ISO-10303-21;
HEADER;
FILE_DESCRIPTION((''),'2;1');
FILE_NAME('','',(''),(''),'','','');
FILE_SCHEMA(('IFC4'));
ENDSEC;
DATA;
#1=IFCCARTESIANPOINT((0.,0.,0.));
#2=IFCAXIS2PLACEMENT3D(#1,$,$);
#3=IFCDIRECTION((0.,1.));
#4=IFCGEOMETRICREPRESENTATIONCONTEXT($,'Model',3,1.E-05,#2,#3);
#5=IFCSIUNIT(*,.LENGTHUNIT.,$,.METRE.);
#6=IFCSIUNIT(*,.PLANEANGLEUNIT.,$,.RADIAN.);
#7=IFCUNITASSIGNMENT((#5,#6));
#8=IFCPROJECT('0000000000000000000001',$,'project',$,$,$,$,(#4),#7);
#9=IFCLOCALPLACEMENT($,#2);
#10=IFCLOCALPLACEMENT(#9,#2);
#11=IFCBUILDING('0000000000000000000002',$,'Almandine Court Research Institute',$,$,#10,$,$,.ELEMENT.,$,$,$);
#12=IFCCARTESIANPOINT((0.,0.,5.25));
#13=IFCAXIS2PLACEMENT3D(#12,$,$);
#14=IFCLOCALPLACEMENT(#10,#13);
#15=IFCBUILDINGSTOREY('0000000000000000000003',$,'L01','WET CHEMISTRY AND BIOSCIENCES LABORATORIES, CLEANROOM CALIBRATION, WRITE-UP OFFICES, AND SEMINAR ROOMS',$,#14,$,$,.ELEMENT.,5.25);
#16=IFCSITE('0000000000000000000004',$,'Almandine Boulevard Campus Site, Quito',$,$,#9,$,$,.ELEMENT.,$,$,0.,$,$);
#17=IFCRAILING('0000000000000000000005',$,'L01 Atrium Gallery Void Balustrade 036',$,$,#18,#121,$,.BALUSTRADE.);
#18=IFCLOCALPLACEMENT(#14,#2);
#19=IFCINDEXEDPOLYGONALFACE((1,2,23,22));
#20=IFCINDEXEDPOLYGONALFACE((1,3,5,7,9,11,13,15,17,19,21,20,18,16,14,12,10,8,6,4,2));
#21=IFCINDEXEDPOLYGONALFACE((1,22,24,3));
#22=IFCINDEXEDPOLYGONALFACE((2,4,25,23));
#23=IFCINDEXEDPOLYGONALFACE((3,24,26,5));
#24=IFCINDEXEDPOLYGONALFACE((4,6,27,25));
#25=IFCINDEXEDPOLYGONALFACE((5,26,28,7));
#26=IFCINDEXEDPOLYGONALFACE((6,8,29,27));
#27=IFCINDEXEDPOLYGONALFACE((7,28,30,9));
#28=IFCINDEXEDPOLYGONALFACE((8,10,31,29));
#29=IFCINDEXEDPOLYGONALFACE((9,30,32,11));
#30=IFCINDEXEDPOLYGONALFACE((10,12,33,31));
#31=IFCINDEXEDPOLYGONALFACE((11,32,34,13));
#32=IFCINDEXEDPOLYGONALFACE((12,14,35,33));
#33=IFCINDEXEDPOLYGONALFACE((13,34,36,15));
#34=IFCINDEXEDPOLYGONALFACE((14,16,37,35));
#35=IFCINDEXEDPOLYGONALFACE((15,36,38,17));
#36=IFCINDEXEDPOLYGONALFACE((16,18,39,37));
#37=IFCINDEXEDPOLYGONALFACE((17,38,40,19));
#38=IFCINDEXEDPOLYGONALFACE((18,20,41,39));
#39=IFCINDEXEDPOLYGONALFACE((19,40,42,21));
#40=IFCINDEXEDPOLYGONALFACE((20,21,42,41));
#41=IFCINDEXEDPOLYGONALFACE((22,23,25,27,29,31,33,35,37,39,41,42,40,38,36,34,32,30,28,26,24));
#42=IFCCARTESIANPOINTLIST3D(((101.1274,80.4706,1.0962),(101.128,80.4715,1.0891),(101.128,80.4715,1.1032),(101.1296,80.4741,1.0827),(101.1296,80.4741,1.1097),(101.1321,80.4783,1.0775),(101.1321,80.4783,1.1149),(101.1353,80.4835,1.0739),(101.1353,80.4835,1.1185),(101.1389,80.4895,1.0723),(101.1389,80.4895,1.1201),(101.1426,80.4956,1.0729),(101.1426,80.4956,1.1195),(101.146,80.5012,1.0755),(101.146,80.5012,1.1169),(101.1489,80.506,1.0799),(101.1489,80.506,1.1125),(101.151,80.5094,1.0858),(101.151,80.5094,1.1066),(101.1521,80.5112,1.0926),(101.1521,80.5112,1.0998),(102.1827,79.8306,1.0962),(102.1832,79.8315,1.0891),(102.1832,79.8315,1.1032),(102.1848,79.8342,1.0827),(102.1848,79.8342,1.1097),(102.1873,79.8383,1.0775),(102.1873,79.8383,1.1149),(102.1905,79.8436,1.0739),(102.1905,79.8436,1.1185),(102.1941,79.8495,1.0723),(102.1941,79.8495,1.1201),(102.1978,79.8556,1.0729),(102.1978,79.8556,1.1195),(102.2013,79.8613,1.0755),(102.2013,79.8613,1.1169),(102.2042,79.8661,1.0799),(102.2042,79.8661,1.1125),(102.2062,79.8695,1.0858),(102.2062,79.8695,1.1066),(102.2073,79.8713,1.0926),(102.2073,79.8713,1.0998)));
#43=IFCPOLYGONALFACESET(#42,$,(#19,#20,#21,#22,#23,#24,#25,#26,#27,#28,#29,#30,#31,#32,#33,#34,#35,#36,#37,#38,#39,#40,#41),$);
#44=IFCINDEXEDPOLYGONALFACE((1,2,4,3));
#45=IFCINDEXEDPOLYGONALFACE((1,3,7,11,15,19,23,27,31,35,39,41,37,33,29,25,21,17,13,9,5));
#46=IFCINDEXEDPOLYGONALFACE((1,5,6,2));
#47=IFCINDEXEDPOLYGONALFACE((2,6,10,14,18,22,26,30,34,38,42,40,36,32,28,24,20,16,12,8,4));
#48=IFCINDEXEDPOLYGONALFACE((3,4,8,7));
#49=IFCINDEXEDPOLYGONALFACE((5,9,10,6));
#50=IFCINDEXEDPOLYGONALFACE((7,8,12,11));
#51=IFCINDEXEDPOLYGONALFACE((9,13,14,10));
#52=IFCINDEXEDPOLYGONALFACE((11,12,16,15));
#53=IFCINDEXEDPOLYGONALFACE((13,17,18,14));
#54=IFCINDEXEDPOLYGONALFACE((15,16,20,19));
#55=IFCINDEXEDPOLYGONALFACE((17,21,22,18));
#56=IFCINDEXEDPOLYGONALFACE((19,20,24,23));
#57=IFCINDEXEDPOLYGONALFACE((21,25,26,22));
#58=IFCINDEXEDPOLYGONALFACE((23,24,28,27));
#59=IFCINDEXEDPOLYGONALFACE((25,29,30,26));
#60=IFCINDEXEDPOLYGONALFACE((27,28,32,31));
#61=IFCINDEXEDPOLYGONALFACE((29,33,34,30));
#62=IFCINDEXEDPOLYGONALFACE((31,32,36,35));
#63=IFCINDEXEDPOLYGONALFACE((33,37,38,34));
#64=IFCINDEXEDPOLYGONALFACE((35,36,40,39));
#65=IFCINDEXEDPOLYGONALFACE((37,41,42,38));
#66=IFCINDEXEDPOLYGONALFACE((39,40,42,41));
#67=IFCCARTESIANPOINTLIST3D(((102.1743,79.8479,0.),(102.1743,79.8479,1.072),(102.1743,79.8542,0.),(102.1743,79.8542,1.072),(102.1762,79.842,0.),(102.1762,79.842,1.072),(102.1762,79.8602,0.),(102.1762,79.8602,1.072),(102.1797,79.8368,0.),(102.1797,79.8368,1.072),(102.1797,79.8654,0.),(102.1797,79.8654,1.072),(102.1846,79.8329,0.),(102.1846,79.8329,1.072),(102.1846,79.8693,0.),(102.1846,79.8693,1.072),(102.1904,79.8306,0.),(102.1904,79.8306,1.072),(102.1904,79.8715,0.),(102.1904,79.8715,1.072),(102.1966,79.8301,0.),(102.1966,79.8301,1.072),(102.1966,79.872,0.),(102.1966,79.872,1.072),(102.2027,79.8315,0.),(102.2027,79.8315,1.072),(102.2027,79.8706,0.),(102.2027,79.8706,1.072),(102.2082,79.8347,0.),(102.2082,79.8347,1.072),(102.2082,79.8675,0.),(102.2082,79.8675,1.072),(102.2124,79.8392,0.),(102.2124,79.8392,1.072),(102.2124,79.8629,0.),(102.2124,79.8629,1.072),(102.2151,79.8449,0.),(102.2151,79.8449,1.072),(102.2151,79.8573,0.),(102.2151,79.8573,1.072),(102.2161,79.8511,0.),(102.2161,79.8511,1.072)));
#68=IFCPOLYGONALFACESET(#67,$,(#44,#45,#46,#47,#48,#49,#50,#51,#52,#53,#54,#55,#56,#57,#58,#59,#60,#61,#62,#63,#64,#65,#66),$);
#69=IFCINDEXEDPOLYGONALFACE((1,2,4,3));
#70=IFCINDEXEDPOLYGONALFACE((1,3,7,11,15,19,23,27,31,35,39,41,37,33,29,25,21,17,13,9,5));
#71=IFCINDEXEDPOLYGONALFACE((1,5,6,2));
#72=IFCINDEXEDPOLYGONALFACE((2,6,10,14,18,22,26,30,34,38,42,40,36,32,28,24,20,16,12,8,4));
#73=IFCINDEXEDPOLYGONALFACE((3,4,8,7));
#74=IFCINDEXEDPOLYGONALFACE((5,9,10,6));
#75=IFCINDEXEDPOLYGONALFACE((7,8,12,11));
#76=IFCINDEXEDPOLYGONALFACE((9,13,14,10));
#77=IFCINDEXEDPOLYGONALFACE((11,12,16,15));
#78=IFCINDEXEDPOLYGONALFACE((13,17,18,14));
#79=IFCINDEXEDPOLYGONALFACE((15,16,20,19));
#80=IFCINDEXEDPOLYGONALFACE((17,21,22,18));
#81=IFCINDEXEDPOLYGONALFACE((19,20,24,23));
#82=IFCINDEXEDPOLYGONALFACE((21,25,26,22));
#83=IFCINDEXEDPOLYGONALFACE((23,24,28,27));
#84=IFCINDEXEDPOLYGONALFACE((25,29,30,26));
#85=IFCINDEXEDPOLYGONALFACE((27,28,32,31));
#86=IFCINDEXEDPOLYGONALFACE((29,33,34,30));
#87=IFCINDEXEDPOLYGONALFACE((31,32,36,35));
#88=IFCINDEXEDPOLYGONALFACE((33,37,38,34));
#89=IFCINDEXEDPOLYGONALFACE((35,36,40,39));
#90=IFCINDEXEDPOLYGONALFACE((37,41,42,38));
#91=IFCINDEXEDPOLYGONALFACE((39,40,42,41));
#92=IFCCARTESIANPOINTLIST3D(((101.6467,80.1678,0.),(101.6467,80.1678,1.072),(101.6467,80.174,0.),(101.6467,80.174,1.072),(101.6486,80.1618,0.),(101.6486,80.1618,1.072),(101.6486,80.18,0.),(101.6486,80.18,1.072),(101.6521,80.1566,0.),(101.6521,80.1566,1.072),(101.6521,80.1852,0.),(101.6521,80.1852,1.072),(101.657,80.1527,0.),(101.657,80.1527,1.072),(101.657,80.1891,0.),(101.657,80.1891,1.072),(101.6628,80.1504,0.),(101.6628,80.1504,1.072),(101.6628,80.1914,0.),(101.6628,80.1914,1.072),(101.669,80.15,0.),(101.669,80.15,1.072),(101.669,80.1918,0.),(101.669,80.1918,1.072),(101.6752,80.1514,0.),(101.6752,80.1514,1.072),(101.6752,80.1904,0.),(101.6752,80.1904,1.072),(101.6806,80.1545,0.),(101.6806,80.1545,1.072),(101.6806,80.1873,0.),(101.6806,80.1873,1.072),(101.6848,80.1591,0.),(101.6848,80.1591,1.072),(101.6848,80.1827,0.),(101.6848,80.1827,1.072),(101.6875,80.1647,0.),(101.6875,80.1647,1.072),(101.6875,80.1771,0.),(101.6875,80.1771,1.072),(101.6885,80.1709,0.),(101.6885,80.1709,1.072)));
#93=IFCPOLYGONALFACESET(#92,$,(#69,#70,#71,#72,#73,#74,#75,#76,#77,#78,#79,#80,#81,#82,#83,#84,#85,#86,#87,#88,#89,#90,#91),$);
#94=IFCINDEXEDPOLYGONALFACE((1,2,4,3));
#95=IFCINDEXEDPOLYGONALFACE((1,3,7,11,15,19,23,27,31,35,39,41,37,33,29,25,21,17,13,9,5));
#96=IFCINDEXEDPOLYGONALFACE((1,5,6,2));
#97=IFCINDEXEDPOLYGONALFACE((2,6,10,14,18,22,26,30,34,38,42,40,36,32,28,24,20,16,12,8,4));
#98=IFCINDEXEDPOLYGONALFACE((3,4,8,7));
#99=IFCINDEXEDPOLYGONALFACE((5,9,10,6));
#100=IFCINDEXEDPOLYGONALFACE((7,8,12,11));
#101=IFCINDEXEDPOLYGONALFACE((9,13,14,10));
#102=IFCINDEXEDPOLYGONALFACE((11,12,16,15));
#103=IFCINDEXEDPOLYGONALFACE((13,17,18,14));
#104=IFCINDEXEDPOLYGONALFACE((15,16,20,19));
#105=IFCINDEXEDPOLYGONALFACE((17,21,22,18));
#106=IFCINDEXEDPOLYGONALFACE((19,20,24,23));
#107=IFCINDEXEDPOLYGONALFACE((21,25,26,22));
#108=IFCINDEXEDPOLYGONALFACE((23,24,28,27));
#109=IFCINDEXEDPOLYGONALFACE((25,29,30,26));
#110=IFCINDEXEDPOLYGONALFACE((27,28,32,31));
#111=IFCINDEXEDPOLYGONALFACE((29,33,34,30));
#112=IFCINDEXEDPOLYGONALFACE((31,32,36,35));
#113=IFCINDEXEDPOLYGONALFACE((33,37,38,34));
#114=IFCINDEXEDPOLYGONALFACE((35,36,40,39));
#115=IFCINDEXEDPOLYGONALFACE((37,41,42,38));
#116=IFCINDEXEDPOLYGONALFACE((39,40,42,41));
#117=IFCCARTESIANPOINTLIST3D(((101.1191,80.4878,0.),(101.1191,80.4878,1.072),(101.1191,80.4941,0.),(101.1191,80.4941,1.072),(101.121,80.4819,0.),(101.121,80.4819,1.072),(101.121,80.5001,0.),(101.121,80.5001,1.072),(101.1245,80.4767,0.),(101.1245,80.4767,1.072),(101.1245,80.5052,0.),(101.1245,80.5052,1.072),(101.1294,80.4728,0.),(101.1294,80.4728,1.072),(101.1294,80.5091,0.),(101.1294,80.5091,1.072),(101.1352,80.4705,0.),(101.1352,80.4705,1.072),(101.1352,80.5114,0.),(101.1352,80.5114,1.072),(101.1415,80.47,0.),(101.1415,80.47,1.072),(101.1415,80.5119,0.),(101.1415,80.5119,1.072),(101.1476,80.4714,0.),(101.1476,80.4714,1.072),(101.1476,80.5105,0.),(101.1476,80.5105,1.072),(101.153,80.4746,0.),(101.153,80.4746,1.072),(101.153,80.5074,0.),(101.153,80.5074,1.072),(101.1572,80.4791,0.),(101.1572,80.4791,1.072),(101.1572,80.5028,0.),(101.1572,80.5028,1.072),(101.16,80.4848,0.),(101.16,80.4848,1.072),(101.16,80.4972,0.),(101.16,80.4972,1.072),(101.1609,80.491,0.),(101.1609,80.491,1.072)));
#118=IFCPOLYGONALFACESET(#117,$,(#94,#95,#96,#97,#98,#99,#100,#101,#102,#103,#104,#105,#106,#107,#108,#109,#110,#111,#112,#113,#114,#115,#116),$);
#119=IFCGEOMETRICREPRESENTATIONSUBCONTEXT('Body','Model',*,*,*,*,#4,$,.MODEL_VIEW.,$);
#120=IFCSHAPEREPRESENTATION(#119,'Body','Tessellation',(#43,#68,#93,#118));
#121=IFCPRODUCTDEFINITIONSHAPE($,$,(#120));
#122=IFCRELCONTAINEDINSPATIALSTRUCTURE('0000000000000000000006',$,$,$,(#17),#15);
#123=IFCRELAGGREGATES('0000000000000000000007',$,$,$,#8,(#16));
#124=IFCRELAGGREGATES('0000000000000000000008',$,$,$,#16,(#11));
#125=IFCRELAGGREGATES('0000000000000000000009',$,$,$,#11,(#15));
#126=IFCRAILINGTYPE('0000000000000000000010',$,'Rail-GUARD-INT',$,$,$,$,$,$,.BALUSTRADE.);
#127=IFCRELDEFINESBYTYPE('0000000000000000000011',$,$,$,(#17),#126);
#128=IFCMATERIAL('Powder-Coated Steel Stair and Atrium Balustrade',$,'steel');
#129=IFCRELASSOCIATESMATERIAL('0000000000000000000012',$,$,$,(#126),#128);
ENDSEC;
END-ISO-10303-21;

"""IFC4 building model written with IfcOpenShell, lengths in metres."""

from ifc_helpers import new_model, si_unit, direction, frame, origin, origin_2d, place, context, subcontext, project, spatial, circle, extrude, material, type_object, element, save


model = new_model("IFC4")

# Units and contexts
model_context = context("Model", 3, precision=1e-05, world=origin(), true_north=direction((0.0, 1.0)))
body_context = subcontext(model_context, "Body", "Model", "MODEL_VIEW")
ifc_project = project(units=[si_unit("LENGTHUNIT", "METRE"), si_unit("PLANEANGLEUNIT", "RADIAN")], contexts=[model_context])

# Site, building, storey
site_placement = place(None, origin())
site = spatial("IfcSite", under=ifc_project, at=site_placement, Name="Almandine Boulevard Campus Site, Quito", CompositionType="ELEMENT", RefElevation=0.0)
building_placement = place(site_placement, origin())
building = spatial("IfcBuilding", under=site, at=building_placement, Name="Almandine Court Research Institute", CompositionType="ELEMENT")
storey_placement = place(building_placement, frame((0.0, 0.0, 5.25)))
storey = spatial("IfcBuildingStorey", under=building, at=storey_placement, Name="L01", Description="WET CHEMISTRY AND BIOSCIENCES LABORATORIES, CLEANROOM CALIBRATION, WRITE-UP OFFICES, AND SEMINAR ROOMS", CompositionType="ELEMENT", Elevation=5.25)

# Railing
ifc_material_1 = material(Name="Powder-Coated Steel Stair and Atrium Balustrade", Category="steel")
railing_type = type_object("IfcRailingType", Name="Rail-GUARD-INT", PredefinedType="BALUSTRADE", material=ifc_material_1)
railing_1_placement = place(storey_placement, frame((102.1951, 79.8511, 0.0)))
element("IfcRailing", 1, at=railing_1_placement, inside=storey, type_object=railing_type, Name="L01 Atrium Gallery Void Balustrade 036", PredefinedType="BALUSTRADE", context=body_context, shape_type="SweptSolid", body=[
    extrude(circle(Radius=0.0239, at=origin_2d()), frame((0.0, 0.0, 1.0962), z_axis=(-0.855057, 0.518534, 0.0), x_axis=(-0.518534, -0.855057, 0.0)), (0.0, 0.0, 1.0), 1.2341),
    extrude(circle(Radius=0.021, at=origin_2d()), origin(), (0.0, 0.0, 1.0), 1.072),
    extrude(circle(Radius=0.021, at=origin_2d()), frame((-0.5276, 0.3198, 0.0)), (0.0, 0.0, 1.0), 1.072),
    extrude(circle(Radius=0.021, at=origin_2d()), frame((-1.0552, 0.6399, 0.0)), (0.0, 0.0, 1.0), 1.072),
])

save(model, "model.ifc")
